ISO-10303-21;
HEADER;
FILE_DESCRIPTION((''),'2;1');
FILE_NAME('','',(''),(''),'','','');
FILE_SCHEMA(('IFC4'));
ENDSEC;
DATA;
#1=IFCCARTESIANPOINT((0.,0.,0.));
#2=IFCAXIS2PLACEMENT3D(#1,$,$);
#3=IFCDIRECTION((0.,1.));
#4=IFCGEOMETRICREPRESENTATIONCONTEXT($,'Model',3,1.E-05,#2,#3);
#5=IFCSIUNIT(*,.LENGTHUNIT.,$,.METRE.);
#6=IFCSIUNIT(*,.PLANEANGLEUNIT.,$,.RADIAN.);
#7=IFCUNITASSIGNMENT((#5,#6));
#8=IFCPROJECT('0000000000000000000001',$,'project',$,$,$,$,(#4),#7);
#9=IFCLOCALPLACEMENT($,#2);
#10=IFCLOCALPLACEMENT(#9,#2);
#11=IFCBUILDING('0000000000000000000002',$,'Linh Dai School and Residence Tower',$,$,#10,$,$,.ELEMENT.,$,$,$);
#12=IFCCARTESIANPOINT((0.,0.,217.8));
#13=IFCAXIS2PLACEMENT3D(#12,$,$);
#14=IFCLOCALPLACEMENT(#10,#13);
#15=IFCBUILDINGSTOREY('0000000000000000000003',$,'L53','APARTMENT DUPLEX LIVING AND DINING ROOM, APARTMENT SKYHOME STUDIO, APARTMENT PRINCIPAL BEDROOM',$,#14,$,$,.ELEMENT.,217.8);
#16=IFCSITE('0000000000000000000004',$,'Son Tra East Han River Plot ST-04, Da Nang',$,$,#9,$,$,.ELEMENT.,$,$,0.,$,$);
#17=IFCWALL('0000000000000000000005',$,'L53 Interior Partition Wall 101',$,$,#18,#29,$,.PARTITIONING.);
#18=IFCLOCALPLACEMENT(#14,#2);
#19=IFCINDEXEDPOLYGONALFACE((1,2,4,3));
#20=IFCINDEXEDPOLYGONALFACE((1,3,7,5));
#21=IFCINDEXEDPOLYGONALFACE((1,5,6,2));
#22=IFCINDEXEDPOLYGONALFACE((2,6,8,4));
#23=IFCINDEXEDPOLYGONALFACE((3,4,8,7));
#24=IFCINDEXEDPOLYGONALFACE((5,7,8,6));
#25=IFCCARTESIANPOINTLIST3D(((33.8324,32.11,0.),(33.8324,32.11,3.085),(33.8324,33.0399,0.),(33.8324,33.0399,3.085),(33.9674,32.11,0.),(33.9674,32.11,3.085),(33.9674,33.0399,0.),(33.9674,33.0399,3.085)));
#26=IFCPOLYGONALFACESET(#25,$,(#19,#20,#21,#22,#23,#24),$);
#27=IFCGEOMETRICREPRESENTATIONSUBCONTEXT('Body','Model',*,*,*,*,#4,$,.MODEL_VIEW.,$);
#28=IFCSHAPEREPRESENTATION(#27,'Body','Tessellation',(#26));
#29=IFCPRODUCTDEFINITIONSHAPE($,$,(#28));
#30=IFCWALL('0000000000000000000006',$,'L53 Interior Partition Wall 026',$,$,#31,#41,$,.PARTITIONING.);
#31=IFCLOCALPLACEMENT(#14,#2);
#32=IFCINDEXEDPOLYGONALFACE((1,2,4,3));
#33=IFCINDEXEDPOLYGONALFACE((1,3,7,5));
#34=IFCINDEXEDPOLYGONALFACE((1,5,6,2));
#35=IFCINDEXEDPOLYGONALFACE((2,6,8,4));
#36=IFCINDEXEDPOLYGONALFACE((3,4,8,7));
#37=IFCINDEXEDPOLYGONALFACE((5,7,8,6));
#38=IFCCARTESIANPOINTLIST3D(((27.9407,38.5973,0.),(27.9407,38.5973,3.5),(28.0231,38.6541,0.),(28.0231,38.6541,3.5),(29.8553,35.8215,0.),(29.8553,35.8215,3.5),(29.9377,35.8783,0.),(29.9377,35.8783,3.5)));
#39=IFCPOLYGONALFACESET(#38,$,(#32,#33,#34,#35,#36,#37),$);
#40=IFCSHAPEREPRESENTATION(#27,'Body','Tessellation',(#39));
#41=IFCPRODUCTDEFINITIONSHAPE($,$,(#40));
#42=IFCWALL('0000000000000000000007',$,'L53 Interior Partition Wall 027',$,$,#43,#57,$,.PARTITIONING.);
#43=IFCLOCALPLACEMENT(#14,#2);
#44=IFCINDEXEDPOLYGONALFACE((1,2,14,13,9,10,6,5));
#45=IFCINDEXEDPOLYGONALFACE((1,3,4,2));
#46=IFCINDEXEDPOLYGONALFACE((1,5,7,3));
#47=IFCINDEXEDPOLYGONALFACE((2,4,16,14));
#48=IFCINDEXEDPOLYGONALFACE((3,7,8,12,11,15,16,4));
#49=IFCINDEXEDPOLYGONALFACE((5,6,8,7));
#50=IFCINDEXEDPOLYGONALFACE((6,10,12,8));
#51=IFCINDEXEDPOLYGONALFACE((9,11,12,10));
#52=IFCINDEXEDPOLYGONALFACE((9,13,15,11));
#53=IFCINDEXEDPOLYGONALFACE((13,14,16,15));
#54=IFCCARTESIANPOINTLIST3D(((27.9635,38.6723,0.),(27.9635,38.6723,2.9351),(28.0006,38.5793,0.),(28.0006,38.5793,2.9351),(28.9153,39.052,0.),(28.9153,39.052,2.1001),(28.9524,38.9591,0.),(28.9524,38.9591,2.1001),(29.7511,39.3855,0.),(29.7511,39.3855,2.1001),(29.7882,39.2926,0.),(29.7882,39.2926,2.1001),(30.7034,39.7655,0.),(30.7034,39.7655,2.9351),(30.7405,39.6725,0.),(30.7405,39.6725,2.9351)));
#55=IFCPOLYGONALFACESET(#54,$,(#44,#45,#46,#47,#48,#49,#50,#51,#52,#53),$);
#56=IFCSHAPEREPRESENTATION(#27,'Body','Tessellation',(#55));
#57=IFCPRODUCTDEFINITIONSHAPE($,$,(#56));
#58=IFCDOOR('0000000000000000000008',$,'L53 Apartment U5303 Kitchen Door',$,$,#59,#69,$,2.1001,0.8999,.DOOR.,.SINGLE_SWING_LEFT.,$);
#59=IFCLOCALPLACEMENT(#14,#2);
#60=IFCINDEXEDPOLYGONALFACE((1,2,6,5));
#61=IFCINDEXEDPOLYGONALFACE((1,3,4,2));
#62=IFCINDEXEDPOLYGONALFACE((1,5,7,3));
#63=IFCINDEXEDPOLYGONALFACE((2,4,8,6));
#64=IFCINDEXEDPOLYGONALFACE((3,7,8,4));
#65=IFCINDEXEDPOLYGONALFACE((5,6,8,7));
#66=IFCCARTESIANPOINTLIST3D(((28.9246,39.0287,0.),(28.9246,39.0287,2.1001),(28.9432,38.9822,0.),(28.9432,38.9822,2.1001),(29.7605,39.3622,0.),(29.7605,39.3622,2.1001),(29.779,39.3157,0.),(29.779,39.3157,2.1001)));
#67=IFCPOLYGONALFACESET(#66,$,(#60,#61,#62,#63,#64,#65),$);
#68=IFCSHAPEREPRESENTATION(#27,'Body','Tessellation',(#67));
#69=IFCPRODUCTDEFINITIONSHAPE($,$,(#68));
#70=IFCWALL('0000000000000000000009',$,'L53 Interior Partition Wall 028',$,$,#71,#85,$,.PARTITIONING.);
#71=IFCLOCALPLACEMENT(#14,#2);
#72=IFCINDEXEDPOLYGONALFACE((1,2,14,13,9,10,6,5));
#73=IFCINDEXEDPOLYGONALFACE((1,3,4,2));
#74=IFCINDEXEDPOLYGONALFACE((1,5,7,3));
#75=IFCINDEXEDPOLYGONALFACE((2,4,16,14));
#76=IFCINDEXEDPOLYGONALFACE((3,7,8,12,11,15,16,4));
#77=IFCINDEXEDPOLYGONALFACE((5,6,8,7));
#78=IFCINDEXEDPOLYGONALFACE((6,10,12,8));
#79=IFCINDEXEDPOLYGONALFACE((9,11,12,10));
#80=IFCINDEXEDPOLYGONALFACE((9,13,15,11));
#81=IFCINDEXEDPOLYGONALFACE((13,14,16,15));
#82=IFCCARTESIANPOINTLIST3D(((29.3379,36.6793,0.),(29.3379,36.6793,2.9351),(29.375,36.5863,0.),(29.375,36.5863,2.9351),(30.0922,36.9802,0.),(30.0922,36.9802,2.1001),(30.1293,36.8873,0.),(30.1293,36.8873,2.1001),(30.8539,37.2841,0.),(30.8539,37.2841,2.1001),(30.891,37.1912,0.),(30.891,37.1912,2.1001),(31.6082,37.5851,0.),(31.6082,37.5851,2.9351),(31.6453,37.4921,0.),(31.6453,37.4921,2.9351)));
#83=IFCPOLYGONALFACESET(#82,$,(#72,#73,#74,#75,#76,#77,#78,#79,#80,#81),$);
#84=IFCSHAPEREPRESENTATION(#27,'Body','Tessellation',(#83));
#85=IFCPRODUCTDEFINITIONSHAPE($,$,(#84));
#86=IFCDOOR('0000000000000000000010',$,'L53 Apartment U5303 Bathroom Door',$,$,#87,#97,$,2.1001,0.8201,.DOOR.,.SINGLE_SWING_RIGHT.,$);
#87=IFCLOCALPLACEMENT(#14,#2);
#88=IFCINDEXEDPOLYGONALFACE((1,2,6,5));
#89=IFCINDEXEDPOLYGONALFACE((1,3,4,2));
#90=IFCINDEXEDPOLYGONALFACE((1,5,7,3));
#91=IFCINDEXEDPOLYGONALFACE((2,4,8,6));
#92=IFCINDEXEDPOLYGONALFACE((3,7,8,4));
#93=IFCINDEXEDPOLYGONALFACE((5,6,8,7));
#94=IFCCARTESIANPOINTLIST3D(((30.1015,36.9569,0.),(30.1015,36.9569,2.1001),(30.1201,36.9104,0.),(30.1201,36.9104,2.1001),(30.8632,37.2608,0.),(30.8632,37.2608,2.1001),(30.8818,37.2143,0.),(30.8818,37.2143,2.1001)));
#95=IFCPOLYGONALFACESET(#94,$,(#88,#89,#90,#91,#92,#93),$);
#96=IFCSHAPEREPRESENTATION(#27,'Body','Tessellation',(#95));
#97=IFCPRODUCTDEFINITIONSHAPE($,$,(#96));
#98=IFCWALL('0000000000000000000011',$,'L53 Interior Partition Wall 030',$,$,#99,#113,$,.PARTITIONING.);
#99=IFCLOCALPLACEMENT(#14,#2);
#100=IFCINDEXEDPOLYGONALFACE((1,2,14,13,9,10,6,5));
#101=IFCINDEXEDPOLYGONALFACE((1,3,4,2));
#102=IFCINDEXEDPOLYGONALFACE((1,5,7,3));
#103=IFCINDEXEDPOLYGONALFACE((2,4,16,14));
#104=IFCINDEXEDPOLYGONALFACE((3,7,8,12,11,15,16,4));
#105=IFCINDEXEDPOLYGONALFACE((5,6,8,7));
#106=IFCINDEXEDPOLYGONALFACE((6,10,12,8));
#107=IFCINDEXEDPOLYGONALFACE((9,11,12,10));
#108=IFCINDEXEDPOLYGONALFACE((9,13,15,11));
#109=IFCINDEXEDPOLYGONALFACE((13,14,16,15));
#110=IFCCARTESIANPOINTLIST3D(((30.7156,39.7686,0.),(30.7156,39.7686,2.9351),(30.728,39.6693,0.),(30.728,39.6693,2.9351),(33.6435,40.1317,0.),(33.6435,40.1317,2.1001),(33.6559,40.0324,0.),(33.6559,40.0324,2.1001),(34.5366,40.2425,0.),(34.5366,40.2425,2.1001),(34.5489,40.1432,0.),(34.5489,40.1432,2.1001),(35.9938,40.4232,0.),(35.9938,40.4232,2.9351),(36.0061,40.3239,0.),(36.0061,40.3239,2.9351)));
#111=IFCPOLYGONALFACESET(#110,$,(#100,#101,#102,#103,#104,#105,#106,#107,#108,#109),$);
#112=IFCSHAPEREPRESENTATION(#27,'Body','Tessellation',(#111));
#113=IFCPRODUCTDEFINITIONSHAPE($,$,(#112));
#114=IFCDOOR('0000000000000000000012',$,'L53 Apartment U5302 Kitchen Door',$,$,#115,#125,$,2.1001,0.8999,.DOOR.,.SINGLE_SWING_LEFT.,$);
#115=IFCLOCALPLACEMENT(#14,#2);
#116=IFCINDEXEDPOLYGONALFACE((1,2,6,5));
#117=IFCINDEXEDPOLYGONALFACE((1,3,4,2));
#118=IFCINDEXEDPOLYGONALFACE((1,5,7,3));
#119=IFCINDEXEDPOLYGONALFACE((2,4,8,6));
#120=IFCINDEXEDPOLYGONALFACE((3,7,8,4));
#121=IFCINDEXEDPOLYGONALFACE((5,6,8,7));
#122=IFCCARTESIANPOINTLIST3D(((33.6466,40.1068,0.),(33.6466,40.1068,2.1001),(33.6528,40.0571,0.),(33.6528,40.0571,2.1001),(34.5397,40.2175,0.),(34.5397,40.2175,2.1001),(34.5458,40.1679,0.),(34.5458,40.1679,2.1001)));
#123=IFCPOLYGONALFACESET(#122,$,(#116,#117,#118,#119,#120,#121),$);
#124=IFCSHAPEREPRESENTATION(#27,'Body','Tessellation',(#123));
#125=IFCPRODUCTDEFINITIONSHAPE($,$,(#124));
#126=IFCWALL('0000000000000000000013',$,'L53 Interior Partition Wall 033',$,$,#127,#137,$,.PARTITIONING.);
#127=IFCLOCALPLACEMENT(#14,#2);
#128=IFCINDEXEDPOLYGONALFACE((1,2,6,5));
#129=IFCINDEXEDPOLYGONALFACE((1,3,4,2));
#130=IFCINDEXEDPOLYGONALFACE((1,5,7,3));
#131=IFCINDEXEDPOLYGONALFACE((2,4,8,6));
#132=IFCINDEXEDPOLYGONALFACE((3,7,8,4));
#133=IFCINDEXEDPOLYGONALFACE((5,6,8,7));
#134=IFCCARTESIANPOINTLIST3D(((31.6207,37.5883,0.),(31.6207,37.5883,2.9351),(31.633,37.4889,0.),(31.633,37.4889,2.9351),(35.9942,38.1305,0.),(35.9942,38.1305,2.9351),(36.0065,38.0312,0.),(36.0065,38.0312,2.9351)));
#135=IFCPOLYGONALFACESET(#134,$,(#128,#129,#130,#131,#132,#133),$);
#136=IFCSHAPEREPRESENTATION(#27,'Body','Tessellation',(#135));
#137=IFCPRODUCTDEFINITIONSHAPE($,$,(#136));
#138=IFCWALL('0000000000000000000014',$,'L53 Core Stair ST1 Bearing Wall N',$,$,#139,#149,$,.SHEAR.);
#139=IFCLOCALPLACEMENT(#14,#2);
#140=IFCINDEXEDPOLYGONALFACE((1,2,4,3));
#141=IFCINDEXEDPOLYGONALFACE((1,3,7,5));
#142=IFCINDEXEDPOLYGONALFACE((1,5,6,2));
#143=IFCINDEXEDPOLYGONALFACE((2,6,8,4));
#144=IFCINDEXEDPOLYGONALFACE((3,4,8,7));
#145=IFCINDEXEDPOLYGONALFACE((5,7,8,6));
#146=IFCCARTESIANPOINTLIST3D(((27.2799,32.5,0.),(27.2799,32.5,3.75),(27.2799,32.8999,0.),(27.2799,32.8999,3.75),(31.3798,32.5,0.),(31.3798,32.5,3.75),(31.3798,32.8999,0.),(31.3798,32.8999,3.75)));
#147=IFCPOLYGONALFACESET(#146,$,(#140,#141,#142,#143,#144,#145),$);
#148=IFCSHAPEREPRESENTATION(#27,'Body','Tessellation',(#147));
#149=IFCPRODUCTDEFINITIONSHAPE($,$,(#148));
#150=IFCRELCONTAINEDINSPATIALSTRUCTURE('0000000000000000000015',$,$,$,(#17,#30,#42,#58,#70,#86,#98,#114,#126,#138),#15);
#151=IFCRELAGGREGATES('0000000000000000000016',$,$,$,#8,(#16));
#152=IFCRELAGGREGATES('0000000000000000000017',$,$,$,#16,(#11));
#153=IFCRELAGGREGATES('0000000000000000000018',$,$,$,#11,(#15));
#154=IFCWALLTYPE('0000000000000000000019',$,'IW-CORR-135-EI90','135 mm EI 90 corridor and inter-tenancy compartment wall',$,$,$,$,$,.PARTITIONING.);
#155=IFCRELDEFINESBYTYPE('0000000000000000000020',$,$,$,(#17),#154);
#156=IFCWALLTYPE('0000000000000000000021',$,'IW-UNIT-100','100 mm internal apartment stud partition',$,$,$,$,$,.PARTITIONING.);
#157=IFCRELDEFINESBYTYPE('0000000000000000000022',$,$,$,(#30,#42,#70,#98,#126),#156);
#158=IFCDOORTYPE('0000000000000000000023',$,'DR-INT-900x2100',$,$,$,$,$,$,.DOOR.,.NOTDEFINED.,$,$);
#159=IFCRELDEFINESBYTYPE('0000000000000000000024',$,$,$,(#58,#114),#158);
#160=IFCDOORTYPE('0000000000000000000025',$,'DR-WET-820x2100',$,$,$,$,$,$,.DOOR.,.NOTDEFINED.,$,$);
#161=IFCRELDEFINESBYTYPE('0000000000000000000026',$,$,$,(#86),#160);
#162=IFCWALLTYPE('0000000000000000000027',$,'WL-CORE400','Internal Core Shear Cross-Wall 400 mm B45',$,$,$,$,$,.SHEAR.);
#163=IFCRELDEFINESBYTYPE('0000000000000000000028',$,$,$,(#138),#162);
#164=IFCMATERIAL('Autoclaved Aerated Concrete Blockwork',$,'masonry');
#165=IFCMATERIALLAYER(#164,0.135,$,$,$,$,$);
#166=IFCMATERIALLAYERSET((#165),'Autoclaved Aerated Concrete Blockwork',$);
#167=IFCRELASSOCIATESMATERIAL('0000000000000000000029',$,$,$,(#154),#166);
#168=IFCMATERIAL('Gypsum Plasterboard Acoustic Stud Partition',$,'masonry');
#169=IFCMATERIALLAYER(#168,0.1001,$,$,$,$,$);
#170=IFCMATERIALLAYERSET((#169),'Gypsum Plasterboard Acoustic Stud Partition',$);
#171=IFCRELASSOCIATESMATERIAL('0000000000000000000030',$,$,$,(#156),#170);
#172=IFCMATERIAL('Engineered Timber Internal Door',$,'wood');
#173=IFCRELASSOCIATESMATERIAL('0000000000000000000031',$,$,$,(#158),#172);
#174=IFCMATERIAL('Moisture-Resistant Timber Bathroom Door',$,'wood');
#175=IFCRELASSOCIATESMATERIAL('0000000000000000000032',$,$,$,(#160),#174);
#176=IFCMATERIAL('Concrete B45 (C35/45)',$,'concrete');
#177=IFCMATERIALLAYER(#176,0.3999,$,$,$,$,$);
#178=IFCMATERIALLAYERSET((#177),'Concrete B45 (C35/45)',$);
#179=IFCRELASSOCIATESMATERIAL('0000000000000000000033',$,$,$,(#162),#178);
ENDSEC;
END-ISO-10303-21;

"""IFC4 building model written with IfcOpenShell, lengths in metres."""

from ifc_helpers import new_model, si_unit, direction, frame, frame_2d, origin, origin_2d, place, context, subcontext, project, spatial, rectangle, extrude, source, transform, mapped, material, layer, layer_set, type_object, element, fill, save


model = new_model("IFC4")

# Units and contexts
model_context = context("Model", 3, precision=1e-05, world=origin(), true_north=direction((0.0, 1.0)))
body_context = subcontext(model_context, "Body", "Model", "MODEL_VIEW")
ifc_project = project(units=[si_unit("LENGTHUNIT", "METRE"), si_unit("PLANEANGLEUNIT", "RADIAN")], contexts=[model_context])

# Site, building, storey
site_placement = place(None, origin())
site = spatial("IfcSite", under=ifc_project, at=site_placement, Name="Son Tra East Han River Plot ST-04, Da Nang", CompositionType="ELEMENT", RefElevation=0.0)
building_placement = place(site_placement, origin())
building = spatial("IfcBuilding", under=site, at=building_placement, Name="Linh Dai School and Residence Tower", CompositionType="ELEMENT")
storey_placement = place(building_placement, frame((0.0, 0.0, 217.8)))
storey = spatial("IfcBuildingStorey", under=building, at=storey_placement, Name="L53", Description="APARTMENT DUPLEX LIVING AND DINING ROOM, APARTMENT SKYHOME STUDIO, APARTMENT PRINCIPAL BEDROOM", CompositionType="ELEMENT", Elevation=217.8)

# Walls
ifc_material_1 = material(Name="Autoclaved Aerated Concrete Blockwork", Category="masonry")
ifc_layer_1 = layer(ifc_material_1, 0.135)
ifc_layer_set_1 = layer_set([ifc_layer_1], Name="Autoclaved Aerated Concrete Blockwork")
wall_type_1 = type_object("IfcWallType", Name="IW-CORR-135-EI90", Description="135 mm EI 90 corridor and inter-tenancy compartment wall", PredefinedType="PARTITIONING", material=ifc_layer_set_1)
wall_1_placement = place(storey_placement, frame((33.8999, 32.1101, 0.0), z_axis=(0.0, 0.0, 1.0), x_axis=(0.0, 1.0, 0.0)))
element("IfcWall", 1, at=wall_1_placement, inside=storey, type_object=wall_type_1, Name="L53 Interior Partition Wall 101", PredefinedType="PARTITIONING", context=body_context, shape_type="SweptSolid", body=[
    extrude(rectangle(XDim=0.9299, YDim=0.135, at=frame_2d((0.4648, 0.0))), origin(), (0.0, 0.0, 1.0), 3.085),
])
ifc_material_2 = material(Name="Gypsum Plasterboard Acoustic Stud Partition", Category="masonry")
ifc_layer_2 = layer(ifc_material_2, 0.1001)
ifc_layer_set_2 = layer_set([ifc_layer_2], Name="Gypsum Plasterboard Acoustic Stud Partition")
wall_type_2 = type_object("IfcWallType", Name="IW-UNIT-100", Description="100 mm internal apartment stud partition", PredefinedType="PARTITIONING", material=ifc_layer_set_2)
wall_2_placement = place(storey_placement, frame((27.9819, 38.6257, 0.0), z_axis=(0.0, 0.0, 1.0), x_axis=(0.567763, -0.823192, 0.0)))
element("IfcWall", 2, at=wall_2_placement, inside=storey, type_object=wall_type_2, Name="L53 Interior Partition Wall 026", PredefinedType="PARTITIONING", context=body_context, shape_type="SweptSolid", body=[
    extrude(rectangle(XDim=3.3721, YDim=0.1001, at=frame_2d((1.686, 0.0))), origin(), (0.0, 0.0, 1.0), 3.5),
])

# Walls, openings, doors
wall_3_placement = place(storey_placement, frame((27.9819, 38.6257, 0.0), z_axis=(0.0, 0.0, 1.0), x_axis=(0.928796, 0.370591, 0.0)))
wall_3 = element("IfcWall", 3, at=wall_3_placement, inside=storey, type_object=wall_type_2, Name="L53 Interior Partition Wall 027", PredefinedType="PARTITIONING", context=body_context, shape_type="SweptSolid", body=[
    extrude(rectangle(XDim=2.95, YDim=0.1001, at=frame_2d((1.4751, 0.0))), origin(), (0.0, 0.0, 1.0), 2.9351),
])
opening_1_placement = place(wall_3_placement, frame((1.0249, 0.0, 0.0)))
opening_1 = element("IfcOpeningElement", 4, at=opening_1_placement, cuts=wall_3, PredefinedType="OPENING", context=body_context, shape_type="SweptSolid", body=[
    extrude(rectangle(XDim=0.8999, YDim=2.1001, at=origin_2d()), frame((0.45, 0.0601, 1.05), z_axis=(0.0, -1.0, 0.0), x_axis=(1.0, 0.0, 0.0)), (0.0, 0.0, 1.0), 0.1201),
])
ifc_material_3 = material(Name="Engineered Timber Internal Door", Category="wood")
door_type_1 = type_object("IfcDoorType", Name="DR-INT-900x2100", OperationType="NOTDEFINED", PredefinedType="DOOR", material=ifc_material_3)
shared_shape_1 = source(origin(), body_context, "Body", "SweptSolid", [
    extrude(rectangle(XDim=0.8999, YDim=2.1001, at=origin_2d()), frame((0.45, 0.0249, 1.05), z_axis=(0.0, -1.0, 0.0), x_axis=(1.0, 0.0, 0.0)), (0.0, 0.0, 1.0), 0.05),
])
door_1_placement = place(opening_1_placement, origin())
door_1 = element("IfcDoor", 5, at=door_1_placement, inside=storey, type_object=door_type_1, Name="L53 Apartment U5303 Kitchen Door", OperationType="SINGLE_SWING_LEFT", OverallHeight=2.1001, OverallWidth=0.8999, PredefinedType="DOOR", context=body_context, shape_type="MappedRepresentation", body=[
    mapped(shared_shape_1, transform((0.0, 0.0, 0.0), x_axis=(1.0, 0.0, 0.0), y_axis=(0.0, 1.0, 0.0), z_axis=(0.0, 0.0, 1.0), scale=1.0)),
])
fill(opening_1, door_1)
wall_4_placement = place(storey_placement, frame((29.3564, 36.6328, 0.0), z_axis=(0.0, 0.0, 1.0), x_axis=(0.928807, 0.370564, 0.0)))
wall_4 = element("IfcWall", 6, at=wall_4_placement, inside=storey, type_object=wall_type_2, Name="L53 Interior Partition Wall 028", PredefinedType="PARTITIONING", context=body_context, shape_type="SweptSolid", body=[
    extrude(rectangle(XDim=2.4443, YDim=0.1001, at=frame_2d((1.2222, 0.0))), origin(), (0.0, 0.0, 1.0), 2.9351),
])
opening_2_placement = place(wall_4_placement, frame((0.812, 0.0, 0.0)))
opening_2 = element("IfcOpeningElement", 7, at=opening_2_placement, cuts=wall_4, PredefinedType="OPENING", context=body_context, shape_type="SweptSolid", body=[
    extrude(rectangle(XDim=0.8201, YDim=2.1001, at=origin_2d()), frame((0.4102, 0.0601, 1.05), z_axis=(0.0, -1.0, 0.0), x_axis=(1.0, 0.0, 0.0)), (0.0, 0.0, 1.0), 0.1201),
])
ifc_material_4 = material(Name="Moisture-Resistant Timber Bathroom Door", Category="wood")
door_type_2 = type_object("IfcDoorType", Name="DR-WET-820x2100", OperationType="NOTDEFINED", PredefinedType="DOOR", material=ifc_material_4)
shared_shape_2 = source(origin(), body_context, "Body", "SweptSolid", [
    extrude(rectangle(XDim=0.8201, YDim=2.1001, at=origin_2d()), frame((0.4102, 0.0249, 1.05), z_axis=(0.0, -1.0, 0.0), x_axis=(1.0, 0.0, 0.0)), (0.0, 0.0, 1.0), 0.05),
])
door_2_placement = place(opening_2_placement, origin())
door_2 = element("IfcDoor", 8, at=door_2_placement, inside=storey, type_object=door_type_2, Name="L53 Apartment U5303 Bathroom Door", OperationType="SINGLE_SWING_RIGHT", OverallHeight=2.1001, OverallWidth=0.8201, PredefinedType="DOOR", context=body_context, shape_type="MappedRepresentation", body=[
    mapped(shared_shape_2, transform((0.0, 0.0, 0.0), x_axis=(1.0, 0.0, 0.0), y_axis=(0.0, 1.0, 0.0), z_axis=(0.0, 0.0, 1.0), scale=1.0)),
])
fill(opening_2, door_2)
wall_5_placement = place(storey_placement, frame((30.7219, 39.719, 0.0), z_axis=(0.0, 0.0, 1.0), x_axis=(0.992398, 0.123069, 0.0)))
wall_5 = element("IfcWall", 9, at=wall_5_placement, inside=storey, type_object=wall_type_2, Name="L53 Interior Partition Wall 030", PredefinedType="PARTITIONING", context=body_context, shape_type="SweptSolid", body=[
    extrude(rectangle(XDim=5.3186, YDim=0.1001, at=frame_2d((2.6592, 0.0))), origin(), (0.0, 0.0, 1.0), 2.9351),
])
opening_3_placement = place(wall_5_placement, frame((2.9502, 0.0, 0.0)))
opening_3 = element("IfcOpeningElement", 10, at=opening_3_placement, cuts=wall_5, PredefinedType="OPENING", context=body_context, shape_type="SweptSolid", body=[
    extrude(rectangle(XDim=0.8999, YDim=2.1001, at=origin_2d()), frame((0.45, 0.0601, 1.05), z_axis=(0.0, -1.0, 0.0), x_axis=(1.0, 0.0, 0.0)), (0.0, 0.0, 1.0), 0.1201),
])
door_3_placement = place(opening_3_placement, origin())
door_3 = element("IfcDoor", 11, at=door_3_placement, inside=storey, type_object=door_type_1, Name="L53 Apartment U5302 Kitchen Door", OperationType="SINGLE_SWING_LEFT", OverallHeight=2.1001, OverallWidth=0.8999, PredefinedType="DOOR", context=body_context, shape_type="MappedRepresentation", body=[
    mapped(shared_shape_1, transform((0.0, 0.0, 0.0), x_axis=(1.0, 0.0, 0.0), y_axis=(0.0, 1.0, 0.0), z_axis=(0.0, 0.0, 1.0), scale=1.0)),
])
fill(opening_3, door_3)

# Walls
wall_6_placement = place(storey_placement, frame((31.6267, 37.5386, 0.0), z_axis=(0.0, 0.0, 1.0), x_axis=(0.992402, 0.123039, 0.0)))
element("IfcWall", 12, at=wall_6_placement, inside=storey, type_object=wall_type_2, Name="L53 Interior Partition Wall 033", PredefinedType="PARTITIONING", context=body_context, shape_type="SweptSolid", body=[
    extrude(rectangle(XDim=4.407, YDim=0.1001, at=frame_2d((2.2036, 0.0))), origin(), (0.0, 0.0, 1.0), 2.9351),
])
ifc_material_5 = material(Name="Concrete B45 (C35/45)", Category="concrete")
ifc_layer_3 = layer(ifc_material_5, 0.3999)
ifc_layer_set_3 = layer_set([ifc_layer_3], Name="Concrete B45 (C35/45)")
wall_type_3 = type_object("IfcWallType", Name="WL-CORE400", Description="Internal Core Shear Cross-Wall 400 mm B45", PredefinedType="SHEAR", material=ifc_layer_set_3)
wall_7_placement = place(storey_placement, frame((27.28, 32.7, 0.0), z_axis=(0.0, 0.0, 1.0), x_axis=(1.0, 0.0, 0.0)))
element("IfcWall", 13, at=wall_7_placement, inside=storey, type_object=wall_type_3, Name="L53 Core Stair ST1 Bearing Wall N", PredefinedType="SHEAR", context=body_context, shape_type="SweptSolid", body=[
    extrude(rectangle(XDim=4.0999, YDim=0.3999, at=frame_2d((2.0498, 0.0))), origin(), (0.0, 0.0, 1.0), 3.75),
])

save(model, "model.ifc")
